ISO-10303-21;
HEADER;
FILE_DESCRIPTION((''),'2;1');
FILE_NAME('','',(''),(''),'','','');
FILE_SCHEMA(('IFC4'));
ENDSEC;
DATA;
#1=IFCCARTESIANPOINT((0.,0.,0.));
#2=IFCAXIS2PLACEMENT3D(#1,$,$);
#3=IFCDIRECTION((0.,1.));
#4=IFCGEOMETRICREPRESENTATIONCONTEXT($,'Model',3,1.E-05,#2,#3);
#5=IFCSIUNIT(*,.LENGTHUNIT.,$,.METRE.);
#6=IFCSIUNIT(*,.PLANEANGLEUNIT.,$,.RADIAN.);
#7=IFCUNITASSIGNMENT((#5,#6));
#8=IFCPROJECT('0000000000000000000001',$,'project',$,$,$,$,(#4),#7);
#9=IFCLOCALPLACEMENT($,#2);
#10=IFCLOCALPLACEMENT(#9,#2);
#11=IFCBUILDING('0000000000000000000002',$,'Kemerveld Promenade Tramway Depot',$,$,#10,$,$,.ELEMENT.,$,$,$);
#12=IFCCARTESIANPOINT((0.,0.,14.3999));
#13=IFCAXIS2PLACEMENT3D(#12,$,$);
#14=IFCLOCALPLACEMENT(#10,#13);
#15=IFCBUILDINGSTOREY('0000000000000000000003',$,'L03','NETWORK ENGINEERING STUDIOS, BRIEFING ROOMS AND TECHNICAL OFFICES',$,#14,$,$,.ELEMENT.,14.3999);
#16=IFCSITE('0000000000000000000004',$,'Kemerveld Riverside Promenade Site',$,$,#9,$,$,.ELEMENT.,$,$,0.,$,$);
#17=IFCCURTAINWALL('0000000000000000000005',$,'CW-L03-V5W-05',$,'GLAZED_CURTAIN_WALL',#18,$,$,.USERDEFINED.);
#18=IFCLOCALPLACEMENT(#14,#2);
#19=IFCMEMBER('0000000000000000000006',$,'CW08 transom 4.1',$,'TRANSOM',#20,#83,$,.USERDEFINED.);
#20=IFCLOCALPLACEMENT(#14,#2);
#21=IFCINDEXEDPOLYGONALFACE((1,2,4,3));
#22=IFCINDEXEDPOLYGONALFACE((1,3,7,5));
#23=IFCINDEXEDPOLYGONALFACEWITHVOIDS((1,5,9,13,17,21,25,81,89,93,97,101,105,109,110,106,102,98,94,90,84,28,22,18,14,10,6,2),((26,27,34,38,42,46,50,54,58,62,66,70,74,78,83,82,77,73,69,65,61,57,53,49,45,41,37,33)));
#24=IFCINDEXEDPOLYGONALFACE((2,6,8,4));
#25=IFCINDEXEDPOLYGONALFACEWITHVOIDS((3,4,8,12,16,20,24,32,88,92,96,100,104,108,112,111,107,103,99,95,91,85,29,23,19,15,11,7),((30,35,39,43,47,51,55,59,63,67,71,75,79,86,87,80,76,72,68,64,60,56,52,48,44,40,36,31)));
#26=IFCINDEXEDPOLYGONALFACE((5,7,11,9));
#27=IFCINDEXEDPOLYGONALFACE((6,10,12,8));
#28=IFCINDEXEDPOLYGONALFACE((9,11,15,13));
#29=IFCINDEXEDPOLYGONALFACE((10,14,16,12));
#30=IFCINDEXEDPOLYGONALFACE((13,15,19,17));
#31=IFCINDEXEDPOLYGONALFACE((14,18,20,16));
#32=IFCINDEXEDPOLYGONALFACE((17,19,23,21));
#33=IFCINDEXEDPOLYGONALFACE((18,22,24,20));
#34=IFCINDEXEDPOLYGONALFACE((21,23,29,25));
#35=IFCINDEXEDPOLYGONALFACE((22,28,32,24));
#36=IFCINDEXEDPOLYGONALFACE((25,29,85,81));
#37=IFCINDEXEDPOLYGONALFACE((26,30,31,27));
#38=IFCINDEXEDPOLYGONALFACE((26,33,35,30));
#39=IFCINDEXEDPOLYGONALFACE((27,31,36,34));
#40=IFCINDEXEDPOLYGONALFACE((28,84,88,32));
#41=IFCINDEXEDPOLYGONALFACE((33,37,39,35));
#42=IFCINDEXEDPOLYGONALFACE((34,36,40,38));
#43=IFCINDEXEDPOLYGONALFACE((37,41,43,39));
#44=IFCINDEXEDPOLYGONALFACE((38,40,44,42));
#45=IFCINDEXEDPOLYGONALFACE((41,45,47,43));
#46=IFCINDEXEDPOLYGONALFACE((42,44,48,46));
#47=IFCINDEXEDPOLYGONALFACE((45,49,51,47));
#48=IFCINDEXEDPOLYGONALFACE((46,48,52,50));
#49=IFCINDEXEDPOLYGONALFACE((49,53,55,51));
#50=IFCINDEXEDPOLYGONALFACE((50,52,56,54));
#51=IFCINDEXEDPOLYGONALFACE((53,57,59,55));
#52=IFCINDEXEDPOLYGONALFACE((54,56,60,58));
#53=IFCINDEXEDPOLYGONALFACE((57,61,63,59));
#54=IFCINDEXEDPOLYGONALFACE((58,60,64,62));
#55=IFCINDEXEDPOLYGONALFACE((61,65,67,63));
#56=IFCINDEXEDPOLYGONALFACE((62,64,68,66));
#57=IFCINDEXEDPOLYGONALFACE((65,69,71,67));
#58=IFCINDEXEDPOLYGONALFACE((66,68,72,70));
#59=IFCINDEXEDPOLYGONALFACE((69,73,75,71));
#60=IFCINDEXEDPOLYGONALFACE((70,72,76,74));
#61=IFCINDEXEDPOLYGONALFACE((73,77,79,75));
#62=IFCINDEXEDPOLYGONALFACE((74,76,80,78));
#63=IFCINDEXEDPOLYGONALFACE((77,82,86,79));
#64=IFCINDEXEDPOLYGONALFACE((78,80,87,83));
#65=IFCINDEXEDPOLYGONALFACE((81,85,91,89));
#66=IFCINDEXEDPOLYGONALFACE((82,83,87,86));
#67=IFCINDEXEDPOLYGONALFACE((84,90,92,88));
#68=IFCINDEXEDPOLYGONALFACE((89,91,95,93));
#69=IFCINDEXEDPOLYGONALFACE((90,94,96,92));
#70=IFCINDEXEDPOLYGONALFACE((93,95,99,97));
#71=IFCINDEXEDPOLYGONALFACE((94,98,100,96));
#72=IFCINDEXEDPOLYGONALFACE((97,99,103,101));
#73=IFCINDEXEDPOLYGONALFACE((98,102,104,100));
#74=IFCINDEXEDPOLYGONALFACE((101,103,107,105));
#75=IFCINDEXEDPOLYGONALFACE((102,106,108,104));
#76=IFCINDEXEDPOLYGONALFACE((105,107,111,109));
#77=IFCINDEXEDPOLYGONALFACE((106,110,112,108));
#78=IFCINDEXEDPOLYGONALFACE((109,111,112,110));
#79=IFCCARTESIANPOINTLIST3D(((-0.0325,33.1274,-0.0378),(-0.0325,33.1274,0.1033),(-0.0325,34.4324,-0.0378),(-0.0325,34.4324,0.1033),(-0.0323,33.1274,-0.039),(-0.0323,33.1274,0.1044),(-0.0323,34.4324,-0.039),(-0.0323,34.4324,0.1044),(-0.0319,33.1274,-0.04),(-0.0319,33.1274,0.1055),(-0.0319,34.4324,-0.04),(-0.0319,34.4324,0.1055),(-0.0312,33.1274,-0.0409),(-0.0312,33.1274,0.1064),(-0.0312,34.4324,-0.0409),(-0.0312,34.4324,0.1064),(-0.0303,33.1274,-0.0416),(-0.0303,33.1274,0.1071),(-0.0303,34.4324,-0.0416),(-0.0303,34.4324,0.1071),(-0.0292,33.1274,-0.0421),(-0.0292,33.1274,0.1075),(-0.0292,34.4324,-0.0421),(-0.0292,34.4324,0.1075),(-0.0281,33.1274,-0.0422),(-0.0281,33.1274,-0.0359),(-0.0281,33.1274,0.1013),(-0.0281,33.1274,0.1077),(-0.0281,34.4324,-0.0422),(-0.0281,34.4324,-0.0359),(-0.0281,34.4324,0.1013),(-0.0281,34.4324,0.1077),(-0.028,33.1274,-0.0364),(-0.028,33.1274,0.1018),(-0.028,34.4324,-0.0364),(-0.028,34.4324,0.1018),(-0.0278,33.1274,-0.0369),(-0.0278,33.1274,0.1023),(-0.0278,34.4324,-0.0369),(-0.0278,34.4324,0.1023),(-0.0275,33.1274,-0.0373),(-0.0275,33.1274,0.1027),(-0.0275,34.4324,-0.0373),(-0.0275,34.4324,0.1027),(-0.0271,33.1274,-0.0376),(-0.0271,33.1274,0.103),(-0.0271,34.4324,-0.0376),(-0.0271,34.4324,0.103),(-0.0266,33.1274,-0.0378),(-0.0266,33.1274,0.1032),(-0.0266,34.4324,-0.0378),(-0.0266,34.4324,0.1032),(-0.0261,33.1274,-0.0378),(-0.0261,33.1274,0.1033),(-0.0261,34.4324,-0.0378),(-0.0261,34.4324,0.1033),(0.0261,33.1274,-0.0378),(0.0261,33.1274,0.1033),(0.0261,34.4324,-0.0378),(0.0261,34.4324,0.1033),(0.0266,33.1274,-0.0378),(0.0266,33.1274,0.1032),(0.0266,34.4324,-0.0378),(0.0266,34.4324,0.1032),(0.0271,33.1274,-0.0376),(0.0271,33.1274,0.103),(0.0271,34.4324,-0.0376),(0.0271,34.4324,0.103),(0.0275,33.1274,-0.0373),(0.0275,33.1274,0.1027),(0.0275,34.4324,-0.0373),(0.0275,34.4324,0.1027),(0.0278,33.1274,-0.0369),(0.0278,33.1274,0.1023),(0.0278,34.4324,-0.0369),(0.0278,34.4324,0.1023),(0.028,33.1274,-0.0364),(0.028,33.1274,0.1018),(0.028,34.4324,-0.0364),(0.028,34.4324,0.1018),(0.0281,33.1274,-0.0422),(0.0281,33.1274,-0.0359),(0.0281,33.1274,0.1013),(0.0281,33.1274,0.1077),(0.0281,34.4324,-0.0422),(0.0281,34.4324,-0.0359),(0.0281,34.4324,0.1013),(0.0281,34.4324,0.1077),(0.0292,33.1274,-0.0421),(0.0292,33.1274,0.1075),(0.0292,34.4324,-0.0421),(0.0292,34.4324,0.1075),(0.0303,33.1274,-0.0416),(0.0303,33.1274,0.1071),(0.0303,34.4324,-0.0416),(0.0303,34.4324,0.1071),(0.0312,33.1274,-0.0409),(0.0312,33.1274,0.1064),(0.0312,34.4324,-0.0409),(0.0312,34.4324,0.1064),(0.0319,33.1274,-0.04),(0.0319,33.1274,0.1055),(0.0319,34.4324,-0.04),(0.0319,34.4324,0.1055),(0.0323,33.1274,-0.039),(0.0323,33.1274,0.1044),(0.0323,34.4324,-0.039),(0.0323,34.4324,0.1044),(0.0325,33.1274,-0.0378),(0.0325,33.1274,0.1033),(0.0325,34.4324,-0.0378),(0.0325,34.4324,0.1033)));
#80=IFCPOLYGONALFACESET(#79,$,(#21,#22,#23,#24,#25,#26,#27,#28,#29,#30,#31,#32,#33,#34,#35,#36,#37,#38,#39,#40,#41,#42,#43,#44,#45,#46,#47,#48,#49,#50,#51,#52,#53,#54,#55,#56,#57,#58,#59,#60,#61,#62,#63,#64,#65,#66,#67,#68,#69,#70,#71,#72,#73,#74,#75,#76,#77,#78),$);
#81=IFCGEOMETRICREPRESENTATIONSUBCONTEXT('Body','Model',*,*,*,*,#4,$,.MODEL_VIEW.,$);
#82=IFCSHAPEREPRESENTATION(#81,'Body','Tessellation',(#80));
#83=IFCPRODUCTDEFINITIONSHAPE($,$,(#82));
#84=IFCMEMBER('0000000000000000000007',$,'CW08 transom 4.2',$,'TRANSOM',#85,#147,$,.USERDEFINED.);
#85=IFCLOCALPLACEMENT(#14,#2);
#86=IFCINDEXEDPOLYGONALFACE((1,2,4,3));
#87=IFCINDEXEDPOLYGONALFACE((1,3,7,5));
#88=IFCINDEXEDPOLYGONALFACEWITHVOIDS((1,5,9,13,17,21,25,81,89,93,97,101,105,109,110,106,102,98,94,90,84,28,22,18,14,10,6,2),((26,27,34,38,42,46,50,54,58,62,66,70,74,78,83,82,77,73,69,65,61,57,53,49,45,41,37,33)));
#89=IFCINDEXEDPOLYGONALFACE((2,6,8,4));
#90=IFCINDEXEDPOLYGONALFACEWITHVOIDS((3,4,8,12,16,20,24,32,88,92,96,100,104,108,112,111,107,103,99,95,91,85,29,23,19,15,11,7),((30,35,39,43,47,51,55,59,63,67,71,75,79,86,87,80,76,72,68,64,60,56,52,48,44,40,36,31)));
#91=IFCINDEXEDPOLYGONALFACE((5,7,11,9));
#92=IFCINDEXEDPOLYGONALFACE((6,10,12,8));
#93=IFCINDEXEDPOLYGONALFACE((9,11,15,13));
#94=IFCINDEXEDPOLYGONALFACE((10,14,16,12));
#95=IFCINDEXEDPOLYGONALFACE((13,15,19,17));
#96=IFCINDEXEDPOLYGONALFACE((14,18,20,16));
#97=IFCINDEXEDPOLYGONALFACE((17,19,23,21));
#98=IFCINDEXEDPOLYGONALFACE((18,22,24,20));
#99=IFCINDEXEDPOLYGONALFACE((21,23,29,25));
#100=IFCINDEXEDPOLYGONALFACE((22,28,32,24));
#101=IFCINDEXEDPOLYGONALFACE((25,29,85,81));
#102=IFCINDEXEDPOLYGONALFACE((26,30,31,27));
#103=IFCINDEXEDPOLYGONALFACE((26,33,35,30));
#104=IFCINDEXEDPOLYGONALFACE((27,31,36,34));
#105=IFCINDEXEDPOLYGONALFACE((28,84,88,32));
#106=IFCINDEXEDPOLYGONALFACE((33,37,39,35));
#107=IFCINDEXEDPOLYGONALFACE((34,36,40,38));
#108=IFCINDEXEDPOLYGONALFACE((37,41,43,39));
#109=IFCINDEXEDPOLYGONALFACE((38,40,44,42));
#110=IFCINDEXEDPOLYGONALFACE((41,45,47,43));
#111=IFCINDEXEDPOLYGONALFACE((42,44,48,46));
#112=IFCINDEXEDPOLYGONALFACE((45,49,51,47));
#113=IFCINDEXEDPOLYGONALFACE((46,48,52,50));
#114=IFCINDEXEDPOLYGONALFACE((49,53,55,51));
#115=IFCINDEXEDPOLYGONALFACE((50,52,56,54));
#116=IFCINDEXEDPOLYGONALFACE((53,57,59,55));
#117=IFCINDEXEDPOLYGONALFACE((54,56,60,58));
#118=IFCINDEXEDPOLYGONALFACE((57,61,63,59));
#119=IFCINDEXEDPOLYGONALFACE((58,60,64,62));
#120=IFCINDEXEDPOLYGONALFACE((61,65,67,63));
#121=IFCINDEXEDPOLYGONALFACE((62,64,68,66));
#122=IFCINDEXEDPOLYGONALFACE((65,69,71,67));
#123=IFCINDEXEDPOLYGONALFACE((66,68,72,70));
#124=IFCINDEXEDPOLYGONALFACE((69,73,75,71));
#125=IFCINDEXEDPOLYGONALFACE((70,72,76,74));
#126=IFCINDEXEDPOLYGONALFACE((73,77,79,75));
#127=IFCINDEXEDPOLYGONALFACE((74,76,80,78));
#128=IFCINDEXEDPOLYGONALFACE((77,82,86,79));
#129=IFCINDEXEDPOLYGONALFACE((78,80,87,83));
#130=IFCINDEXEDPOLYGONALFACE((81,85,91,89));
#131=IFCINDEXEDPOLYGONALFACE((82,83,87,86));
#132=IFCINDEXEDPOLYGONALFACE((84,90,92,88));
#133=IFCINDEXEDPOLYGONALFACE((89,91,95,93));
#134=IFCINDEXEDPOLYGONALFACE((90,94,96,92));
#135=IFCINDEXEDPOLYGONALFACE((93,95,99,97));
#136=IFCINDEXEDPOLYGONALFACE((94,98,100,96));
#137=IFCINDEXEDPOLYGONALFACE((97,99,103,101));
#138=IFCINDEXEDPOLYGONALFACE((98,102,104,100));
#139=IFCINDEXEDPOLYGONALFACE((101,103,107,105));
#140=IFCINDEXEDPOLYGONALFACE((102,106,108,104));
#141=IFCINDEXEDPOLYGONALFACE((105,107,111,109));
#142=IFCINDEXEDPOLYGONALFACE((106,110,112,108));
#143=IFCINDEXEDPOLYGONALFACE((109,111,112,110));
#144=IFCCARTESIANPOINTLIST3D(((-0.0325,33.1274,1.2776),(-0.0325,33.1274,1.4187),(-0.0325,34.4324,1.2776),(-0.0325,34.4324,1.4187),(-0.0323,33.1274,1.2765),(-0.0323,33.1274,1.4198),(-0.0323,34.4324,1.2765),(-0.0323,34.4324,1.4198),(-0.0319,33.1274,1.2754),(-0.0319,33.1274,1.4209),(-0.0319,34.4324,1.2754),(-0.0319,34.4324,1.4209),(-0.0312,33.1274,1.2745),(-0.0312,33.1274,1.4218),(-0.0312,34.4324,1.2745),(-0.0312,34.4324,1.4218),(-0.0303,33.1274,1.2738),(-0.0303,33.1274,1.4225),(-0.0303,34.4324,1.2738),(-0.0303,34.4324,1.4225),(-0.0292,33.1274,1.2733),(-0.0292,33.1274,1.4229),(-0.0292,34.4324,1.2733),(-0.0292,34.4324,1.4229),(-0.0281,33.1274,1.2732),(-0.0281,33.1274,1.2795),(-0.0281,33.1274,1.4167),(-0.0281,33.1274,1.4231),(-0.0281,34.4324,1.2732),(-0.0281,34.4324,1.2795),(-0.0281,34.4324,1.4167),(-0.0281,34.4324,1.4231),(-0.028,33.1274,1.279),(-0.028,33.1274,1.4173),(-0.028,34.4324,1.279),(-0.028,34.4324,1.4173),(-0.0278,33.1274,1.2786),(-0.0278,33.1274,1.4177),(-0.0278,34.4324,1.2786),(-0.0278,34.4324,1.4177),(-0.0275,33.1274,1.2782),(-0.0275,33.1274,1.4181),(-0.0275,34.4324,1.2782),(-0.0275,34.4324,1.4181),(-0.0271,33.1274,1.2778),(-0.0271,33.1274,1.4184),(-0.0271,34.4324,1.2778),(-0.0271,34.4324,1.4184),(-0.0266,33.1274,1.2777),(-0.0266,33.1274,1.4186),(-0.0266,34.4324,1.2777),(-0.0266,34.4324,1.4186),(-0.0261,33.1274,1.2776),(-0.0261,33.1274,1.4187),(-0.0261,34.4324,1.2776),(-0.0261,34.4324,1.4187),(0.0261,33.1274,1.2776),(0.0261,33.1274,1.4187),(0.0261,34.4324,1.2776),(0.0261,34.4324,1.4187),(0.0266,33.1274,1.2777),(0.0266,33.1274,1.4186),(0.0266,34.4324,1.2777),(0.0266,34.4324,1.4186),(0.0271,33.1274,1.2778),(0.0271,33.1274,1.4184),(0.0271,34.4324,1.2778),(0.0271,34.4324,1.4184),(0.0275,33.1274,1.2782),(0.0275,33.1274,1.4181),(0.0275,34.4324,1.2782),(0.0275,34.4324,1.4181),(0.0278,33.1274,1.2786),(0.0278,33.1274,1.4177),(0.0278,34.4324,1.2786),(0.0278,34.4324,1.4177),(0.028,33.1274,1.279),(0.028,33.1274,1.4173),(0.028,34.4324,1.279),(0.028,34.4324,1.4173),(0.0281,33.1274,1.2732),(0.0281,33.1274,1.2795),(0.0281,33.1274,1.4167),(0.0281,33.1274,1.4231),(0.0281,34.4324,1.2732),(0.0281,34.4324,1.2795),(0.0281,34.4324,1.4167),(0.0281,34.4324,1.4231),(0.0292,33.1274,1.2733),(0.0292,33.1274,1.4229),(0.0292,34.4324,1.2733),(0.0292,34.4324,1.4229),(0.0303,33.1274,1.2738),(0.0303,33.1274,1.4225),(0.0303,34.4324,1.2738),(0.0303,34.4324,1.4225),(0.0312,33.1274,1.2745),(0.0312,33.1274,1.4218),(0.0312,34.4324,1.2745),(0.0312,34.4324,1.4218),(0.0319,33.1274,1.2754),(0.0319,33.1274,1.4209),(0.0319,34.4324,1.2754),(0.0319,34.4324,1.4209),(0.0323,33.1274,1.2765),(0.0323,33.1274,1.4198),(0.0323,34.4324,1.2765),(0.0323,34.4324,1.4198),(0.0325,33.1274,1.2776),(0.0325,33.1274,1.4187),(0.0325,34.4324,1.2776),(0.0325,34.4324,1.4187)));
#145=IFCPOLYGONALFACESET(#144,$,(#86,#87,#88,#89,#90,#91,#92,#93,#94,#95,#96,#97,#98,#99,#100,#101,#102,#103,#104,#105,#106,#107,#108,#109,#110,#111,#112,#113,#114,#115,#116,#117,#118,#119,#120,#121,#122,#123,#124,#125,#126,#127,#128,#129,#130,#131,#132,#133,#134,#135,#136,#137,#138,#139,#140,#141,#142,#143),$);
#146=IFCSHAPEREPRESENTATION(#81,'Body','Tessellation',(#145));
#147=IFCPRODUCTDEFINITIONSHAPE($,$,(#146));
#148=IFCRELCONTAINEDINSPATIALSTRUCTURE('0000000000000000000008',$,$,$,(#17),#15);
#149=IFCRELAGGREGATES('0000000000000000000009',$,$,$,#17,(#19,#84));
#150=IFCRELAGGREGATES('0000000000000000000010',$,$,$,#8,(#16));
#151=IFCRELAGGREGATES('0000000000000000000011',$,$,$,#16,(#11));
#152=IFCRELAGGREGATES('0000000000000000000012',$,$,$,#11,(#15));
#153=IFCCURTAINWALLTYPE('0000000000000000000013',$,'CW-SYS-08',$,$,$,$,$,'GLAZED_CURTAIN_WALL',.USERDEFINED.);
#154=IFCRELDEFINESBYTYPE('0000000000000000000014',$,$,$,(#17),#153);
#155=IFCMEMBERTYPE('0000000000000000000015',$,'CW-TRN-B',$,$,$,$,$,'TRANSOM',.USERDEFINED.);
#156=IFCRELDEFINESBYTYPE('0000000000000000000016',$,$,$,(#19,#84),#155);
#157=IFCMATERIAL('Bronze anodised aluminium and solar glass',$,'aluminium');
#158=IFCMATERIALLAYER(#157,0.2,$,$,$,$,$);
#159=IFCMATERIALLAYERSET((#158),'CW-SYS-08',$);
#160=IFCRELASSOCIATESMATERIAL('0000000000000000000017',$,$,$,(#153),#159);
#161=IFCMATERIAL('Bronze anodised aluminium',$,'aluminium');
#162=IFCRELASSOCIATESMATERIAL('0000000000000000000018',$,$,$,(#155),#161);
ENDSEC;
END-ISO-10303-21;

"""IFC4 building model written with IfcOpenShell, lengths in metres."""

from ifc_helpers import new_model, si_unit, direction, frame, origin, origin_2d, place, context, subcontext, project, spatial, hollow_rectangle, extrude, material, layer, layer_set, material_profile, profile_set, type_object, element, aggregate, save


model = new_model("IFC4")

# Units and contexts
model_context = context("Model", 3, precision=1e-05, world=origin(), true_north=direction((0.0, 1.0)))
body_context = subcontext(model_context, "Body", "Model", "MODEL_VIEW")
ifc_project = project(units=[si_unit("LENGTHUNIT", "METRE"), si_unit("PLANEANGLEUNIT", "RADIAN")], contexts=[model_context])

# Site, building, storey
site_placement = place(None, origin())
site = spatial("IfcSite", under=ifc_project, at=site_placement, Name="Kemerveld Riverside Promenade Site", CompositionType="ELEMENT", RefElevation=0.0)
building_placement = place(site_placement, origin())
building = spatial("IfcBuilding", under=site, at=building_placement, Name="Kemerveld Promenade Tramway Depot", CompositionType="ELEMENT")
storey_placement = place(building_placement, frame((0.0, 0.0, 14.3999)))
storey = spatial("IfcBuildingStorey", under=building, at=storey_placement, Name="L03", Description="NETWORK ENGINEERING STUDIOS, BRIEFING ROOMS AND TECHNICAL OFFICES", CompositionType="ELEMENT", Elevation=14.3999)

# Curtain wall, members
ifc_material_1 = material(Name="Bronze anodised aluminium and solar glass", Category="aluminium")
ifc_layer_1 = layer(ifc_material_1, 0.2)
ifc_layer_set_1 = layer_set([ifc_layer_1], Name="CW-SYS-08")
curtain_wall_type = type_object("IfcCurtainWallType", Name="CW-SYS-08", ElementType="GLAZED_CURTAIN_WALL", PredefinedType="USERDEFINED", material=ifc_layer_set_1)
curtain_wall_placement = place(storey_placement, origin())
curtain_wall = element("IfcCurtainWall", 1, at=curtain_wall_placement, inside=storey, type_object=curtain_wall_type, Name="CW-L03-V5W-05", ObjectType="GLAZED_CURTAIN_WALL", PredefinedType="USERDEFINED")
ifc_material_2 = material(Name="Bronze anodised aluminium", Category="aluminium")
ifc_material_profile_1 = material_profile(ifc_material_2, hollow_rectangle(XDim=0.0649, YDim=0.1499, WallThickness=0.0044, InnerFilletRadius=0.002, OuterFilletRadius=0.0044, at=origin_2d()), Name="CW-TRN-150x65")
ifc_profile_set_1 = profile_set([ifc_material_profile_1], Name="Bronze anodised aluminium")
member_type_1 = type_object("IfcMemberType", Name="CW-TRN-B", ElementType="TRANSOM", PredefinedType="USERDEFINED", material=ifc_profile_set_1)
member_1_placement = place(storey_placement, frame((0.0, 33.1274, 0.0327), z_axis=(0.0, 1.0, 0.0), x_axis=(-1.0, 0.0, 0.0)))
member_1 = element("IfcMember", 2, at=member_1_placement, type_object=member_type_1, Name="CW08 transom 4.1", ObjectType="TRANSOM", PredefinedType="USERDEFINED", context=body_context, shape_type="SweptSolid", body=[
    extrude(hollow_rectangle(XDim=0.0649, YDim=0.1499, WallThickness=0.0044, InnerFilletRadius=0.002, OuterFilletRadius=0.0044, at=origin_2d()), origin(), (0.0, 0.0, 1.0), 1.3049),
])
member_2_placement = place(storey_placement, frame((0.0, 33.1274, 1.3481), z_axis=(0.0, 1.0, 0.0), x_axis=(-1.0, 0.0, 0.0)))
member_2 = element("IfcMember", 3, at=member_2_placement, type_object=member_type_1, Name="CW08 transom 4.2", ObjectType="TRANSOM", PredefinedType="USERDEFINED", context=body_context, shape_type="SweptSolid", body=[
    extrude(hollow_rectangle(XDim=0.0649, YDim=0.1499, WallThickness=0.0044, InnerFilletRadius=0.002, OuterFilletRadius=0.0044, at=origin_2d()), origin(), (0.0, 0.0, 1.0), 1.3049),
])
aggregate(curtain_wall, [member_1, member_2])

save(model, "model.ifc")
